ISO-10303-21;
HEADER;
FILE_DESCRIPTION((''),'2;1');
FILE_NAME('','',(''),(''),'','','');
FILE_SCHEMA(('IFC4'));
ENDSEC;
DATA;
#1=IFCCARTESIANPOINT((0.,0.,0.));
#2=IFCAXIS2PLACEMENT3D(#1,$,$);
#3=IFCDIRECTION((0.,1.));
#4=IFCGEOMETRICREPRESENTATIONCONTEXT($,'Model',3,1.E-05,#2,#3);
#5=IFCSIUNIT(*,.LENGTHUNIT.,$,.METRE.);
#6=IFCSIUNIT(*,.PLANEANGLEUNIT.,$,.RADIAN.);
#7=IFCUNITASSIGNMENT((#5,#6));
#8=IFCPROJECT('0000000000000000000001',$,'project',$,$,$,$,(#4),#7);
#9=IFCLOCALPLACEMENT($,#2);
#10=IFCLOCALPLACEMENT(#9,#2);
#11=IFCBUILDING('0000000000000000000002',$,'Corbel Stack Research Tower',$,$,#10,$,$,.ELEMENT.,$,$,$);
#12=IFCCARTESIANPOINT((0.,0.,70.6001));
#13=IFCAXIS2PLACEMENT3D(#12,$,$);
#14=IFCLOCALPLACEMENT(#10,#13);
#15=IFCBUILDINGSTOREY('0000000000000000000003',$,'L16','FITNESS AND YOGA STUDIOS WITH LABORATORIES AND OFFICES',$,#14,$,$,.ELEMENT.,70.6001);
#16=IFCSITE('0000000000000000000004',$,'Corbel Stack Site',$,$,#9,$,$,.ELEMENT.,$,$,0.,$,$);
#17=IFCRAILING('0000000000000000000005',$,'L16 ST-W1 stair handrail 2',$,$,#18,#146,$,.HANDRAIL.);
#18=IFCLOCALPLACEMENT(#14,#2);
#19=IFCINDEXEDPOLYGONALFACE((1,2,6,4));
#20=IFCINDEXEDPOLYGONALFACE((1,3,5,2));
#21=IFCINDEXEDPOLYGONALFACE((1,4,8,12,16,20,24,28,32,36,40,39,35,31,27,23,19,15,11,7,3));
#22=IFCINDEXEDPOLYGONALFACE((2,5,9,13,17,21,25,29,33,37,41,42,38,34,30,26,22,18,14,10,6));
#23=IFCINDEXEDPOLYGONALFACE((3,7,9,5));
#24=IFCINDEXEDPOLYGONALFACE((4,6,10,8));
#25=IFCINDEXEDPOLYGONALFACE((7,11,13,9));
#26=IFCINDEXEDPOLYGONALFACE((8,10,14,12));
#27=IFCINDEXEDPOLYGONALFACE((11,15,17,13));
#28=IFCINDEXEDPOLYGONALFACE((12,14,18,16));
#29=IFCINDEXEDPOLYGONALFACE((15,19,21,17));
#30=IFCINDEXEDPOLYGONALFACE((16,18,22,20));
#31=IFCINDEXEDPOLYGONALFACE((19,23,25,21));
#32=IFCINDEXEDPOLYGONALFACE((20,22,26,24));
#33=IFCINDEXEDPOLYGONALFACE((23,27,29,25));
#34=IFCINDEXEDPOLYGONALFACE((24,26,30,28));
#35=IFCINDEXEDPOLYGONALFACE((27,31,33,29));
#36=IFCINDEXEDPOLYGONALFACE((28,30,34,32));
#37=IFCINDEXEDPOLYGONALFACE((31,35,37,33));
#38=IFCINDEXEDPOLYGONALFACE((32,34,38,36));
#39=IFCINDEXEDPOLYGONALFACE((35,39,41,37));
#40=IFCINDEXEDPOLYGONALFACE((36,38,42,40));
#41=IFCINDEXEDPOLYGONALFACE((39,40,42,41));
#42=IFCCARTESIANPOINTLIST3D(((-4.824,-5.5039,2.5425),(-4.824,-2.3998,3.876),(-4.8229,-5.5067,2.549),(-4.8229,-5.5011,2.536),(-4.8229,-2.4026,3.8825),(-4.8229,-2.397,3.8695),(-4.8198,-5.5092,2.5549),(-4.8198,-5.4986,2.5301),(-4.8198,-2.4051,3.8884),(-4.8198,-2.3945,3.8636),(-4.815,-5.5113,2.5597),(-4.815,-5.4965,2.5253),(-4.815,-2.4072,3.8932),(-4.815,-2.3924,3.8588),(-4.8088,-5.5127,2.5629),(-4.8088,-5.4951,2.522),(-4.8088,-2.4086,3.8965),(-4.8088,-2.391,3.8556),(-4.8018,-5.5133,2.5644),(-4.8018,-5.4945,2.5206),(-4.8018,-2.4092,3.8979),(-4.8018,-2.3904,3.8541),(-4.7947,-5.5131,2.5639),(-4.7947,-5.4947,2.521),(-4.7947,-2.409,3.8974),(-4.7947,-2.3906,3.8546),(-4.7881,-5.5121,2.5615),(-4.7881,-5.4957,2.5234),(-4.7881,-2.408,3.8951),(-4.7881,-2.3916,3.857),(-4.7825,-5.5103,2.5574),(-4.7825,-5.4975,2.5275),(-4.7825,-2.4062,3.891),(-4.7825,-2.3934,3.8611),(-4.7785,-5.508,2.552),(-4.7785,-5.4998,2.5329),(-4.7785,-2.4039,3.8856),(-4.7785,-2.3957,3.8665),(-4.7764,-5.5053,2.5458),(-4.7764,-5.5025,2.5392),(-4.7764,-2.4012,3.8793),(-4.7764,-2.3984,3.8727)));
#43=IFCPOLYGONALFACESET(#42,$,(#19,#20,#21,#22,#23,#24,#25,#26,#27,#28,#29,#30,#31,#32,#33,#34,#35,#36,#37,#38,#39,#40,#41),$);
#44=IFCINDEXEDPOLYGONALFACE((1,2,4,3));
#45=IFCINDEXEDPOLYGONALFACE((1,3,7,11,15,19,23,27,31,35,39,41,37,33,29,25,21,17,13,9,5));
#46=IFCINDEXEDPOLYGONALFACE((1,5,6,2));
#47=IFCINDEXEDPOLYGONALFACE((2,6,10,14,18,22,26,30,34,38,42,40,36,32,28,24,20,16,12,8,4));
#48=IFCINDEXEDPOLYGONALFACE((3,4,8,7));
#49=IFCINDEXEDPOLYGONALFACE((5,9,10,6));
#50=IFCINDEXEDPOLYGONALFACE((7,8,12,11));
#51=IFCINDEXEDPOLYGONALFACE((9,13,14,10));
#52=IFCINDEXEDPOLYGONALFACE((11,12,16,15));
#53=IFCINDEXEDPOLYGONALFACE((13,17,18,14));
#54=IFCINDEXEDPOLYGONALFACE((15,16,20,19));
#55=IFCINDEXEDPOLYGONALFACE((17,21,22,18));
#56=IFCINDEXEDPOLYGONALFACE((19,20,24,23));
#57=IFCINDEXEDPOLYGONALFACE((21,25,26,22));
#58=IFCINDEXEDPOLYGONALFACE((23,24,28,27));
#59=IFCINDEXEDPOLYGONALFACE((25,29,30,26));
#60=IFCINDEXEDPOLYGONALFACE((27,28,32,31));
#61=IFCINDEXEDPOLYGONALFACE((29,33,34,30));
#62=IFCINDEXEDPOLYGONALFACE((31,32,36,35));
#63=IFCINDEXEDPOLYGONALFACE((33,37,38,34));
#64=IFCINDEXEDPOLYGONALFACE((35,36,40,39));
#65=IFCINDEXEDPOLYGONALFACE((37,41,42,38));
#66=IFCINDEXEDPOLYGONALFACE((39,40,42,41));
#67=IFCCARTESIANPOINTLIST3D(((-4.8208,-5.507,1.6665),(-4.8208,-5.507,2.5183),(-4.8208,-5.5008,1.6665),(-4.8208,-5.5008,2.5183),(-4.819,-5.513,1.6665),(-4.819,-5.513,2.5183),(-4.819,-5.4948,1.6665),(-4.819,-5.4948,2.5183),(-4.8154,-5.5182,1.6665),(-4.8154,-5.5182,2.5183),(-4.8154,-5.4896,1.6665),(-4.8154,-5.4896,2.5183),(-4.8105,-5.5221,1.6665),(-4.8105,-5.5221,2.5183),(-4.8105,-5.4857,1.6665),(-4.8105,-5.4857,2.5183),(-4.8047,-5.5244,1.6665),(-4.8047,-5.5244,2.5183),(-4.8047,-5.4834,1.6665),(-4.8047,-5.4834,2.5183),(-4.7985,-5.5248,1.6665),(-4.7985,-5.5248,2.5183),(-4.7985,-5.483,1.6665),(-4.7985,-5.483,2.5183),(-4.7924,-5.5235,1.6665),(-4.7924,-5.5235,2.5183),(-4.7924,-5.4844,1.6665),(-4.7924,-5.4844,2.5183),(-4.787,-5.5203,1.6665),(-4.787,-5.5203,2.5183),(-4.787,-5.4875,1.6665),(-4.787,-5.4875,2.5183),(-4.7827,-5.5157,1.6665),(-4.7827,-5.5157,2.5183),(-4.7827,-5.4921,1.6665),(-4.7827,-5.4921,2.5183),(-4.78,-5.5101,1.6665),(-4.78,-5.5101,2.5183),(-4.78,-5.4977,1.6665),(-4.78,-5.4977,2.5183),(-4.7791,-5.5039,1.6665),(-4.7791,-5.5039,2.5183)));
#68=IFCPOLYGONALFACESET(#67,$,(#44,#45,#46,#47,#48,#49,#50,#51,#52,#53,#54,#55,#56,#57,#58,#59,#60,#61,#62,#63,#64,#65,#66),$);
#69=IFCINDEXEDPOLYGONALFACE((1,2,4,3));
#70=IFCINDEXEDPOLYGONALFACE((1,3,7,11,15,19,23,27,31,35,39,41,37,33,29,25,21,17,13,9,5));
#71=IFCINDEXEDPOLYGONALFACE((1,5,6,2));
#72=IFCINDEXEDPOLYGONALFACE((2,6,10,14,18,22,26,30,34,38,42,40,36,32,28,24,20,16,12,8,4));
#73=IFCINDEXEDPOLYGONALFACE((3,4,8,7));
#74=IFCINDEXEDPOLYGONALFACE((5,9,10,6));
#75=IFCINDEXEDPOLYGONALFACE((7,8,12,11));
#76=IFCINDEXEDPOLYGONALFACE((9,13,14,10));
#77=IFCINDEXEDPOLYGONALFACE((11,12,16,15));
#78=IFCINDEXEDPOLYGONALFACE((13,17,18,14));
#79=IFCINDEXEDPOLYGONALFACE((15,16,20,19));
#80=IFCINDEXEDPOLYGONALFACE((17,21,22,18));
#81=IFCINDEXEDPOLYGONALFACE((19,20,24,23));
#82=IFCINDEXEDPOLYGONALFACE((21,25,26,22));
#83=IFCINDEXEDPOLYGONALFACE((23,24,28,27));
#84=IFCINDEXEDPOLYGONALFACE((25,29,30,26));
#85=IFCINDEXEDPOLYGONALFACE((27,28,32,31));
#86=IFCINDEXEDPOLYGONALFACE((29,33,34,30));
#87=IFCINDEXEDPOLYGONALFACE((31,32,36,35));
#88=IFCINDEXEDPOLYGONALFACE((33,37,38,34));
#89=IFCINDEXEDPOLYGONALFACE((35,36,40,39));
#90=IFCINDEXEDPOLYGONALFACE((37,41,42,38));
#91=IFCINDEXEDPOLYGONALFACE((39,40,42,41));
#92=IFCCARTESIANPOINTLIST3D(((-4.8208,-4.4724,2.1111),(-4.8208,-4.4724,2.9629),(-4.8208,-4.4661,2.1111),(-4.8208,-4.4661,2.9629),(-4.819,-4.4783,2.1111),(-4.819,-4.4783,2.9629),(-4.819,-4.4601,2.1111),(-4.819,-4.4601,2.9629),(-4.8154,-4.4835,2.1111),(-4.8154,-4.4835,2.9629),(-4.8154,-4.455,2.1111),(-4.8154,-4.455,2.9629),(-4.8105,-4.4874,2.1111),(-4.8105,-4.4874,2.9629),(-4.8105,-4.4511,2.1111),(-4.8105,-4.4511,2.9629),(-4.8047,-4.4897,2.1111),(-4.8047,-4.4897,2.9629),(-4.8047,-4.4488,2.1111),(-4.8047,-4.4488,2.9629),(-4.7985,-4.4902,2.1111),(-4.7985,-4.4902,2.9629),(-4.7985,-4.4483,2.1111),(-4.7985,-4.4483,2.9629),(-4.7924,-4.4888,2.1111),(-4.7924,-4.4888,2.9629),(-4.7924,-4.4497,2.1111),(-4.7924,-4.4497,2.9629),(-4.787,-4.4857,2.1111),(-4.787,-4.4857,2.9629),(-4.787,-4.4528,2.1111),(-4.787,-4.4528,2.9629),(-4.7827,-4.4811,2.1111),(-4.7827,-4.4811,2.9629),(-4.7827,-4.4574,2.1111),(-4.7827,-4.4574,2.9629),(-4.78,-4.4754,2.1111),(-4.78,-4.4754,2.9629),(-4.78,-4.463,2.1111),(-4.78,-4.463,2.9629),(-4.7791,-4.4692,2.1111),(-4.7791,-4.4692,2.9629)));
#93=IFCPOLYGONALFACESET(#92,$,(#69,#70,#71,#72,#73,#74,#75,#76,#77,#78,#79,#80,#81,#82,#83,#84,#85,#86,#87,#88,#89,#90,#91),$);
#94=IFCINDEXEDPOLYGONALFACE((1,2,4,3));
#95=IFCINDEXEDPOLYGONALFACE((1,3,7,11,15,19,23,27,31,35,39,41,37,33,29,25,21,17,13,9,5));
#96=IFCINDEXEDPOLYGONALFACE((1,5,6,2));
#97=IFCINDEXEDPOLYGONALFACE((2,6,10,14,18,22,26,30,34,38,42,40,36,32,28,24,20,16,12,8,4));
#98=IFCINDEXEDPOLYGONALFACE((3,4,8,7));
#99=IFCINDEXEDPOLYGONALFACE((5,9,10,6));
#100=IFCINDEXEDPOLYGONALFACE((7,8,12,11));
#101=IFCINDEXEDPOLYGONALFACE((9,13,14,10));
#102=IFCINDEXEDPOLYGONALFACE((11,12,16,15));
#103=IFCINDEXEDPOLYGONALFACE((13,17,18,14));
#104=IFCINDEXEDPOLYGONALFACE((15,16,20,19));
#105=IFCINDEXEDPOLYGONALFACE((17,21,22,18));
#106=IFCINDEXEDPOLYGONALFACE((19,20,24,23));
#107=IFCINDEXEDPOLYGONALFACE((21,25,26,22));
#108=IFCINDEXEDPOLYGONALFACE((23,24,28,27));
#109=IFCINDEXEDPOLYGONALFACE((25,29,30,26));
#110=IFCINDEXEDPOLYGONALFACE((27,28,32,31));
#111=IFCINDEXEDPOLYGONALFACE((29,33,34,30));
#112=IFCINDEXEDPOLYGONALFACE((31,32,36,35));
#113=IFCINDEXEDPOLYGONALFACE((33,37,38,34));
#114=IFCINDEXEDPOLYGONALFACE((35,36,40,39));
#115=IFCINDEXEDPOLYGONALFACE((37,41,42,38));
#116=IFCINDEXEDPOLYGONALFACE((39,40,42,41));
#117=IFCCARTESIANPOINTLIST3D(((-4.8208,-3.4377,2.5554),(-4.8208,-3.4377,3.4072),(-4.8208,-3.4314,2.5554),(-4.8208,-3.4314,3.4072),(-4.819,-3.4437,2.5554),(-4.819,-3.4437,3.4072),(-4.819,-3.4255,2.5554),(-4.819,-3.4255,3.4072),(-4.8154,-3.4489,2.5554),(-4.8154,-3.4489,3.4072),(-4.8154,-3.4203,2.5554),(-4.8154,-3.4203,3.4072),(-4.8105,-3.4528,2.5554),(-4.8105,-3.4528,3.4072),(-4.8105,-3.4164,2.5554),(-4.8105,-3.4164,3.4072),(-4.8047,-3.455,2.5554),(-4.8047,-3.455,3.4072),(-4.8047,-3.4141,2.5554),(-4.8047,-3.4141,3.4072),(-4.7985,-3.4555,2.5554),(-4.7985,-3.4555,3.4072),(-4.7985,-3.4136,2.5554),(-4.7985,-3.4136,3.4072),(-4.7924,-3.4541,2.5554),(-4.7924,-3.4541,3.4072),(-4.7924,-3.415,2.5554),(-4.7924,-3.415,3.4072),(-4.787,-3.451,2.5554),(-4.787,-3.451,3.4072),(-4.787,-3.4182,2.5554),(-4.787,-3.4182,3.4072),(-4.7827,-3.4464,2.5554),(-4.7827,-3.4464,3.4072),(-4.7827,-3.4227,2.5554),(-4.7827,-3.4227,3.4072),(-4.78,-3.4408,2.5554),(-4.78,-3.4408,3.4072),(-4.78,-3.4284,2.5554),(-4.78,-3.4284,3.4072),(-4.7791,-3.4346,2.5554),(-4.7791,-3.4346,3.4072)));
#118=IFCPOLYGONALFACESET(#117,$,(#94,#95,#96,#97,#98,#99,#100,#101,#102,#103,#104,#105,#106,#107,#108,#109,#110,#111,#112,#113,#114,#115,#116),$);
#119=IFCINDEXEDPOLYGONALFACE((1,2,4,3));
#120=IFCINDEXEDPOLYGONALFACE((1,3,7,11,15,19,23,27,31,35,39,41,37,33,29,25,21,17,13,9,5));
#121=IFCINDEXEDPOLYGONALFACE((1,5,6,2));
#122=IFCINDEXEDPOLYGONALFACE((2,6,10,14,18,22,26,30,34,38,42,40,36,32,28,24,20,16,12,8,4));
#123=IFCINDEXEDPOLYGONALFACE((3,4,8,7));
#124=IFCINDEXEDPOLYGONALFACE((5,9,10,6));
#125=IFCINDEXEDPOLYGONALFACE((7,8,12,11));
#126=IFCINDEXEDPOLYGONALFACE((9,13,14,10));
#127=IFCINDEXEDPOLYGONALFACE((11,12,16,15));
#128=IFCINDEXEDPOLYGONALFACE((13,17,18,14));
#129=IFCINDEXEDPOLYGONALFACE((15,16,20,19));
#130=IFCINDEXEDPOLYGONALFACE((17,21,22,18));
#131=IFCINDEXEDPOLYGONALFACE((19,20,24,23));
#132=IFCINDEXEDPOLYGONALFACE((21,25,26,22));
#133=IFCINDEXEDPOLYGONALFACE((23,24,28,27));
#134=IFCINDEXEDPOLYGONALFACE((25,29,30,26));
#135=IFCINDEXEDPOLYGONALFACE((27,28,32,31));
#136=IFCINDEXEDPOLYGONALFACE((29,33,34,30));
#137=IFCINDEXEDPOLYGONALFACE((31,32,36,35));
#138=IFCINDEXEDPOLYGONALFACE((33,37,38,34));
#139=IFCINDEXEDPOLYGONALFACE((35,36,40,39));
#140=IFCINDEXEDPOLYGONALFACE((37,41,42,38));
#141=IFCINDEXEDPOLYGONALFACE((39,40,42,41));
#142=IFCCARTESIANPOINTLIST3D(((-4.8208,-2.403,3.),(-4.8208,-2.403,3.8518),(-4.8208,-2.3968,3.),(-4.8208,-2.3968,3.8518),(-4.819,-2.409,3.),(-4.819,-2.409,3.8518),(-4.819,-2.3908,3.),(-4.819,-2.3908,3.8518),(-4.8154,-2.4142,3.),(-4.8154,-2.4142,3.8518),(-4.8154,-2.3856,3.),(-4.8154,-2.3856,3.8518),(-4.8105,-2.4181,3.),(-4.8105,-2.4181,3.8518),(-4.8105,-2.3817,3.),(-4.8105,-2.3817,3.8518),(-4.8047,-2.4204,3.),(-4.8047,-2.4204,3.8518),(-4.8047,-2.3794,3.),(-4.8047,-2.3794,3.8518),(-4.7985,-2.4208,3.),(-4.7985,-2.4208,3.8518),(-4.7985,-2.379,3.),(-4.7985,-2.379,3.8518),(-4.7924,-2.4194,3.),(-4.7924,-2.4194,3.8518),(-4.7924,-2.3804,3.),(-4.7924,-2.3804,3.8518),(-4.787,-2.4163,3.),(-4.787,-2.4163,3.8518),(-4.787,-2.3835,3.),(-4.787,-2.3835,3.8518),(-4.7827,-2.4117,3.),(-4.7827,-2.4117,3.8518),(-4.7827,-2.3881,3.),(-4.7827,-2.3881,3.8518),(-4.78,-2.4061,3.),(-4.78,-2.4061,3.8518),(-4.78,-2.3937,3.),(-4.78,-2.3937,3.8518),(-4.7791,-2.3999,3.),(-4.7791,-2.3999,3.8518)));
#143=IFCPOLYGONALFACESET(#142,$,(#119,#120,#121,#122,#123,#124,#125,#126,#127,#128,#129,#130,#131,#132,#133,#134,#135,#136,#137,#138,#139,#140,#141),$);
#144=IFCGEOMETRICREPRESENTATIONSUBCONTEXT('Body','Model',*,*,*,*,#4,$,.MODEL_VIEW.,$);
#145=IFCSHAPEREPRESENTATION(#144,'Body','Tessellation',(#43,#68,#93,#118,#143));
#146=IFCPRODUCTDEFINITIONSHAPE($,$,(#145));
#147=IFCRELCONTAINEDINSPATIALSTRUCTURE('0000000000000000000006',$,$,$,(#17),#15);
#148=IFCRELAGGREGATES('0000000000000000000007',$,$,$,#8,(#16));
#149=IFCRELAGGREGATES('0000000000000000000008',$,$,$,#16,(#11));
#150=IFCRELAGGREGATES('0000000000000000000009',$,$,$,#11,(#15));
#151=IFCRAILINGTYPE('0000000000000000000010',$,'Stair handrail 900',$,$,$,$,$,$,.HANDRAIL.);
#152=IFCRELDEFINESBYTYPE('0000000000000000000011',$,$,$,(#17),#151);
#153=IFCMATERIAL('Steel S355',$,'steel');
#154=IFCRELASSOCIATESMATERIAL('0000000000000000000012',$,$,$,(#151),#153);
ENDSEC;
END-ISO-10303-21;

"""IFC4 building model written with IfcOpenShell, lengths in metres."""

from ifc_helpers import new_model, si_unit, direction, frame, origin, origin_2d, place, context, subcontext, project, spatial, circle, extrude, material, type_object, element, save


model = new_model("IFC4")

# Units and contexts
model_context = context("Model", 3, precision=1e-05, world=origin(), true_north=direction((0.0, 1.0)))
body_context = subcontext(model_context, "Body", "Model", "MODEL_VIEW")
ifc_project = project(units=[si_unit("LENGTHUNIT", "METRE"), si_unit("PLANEANGLEUNIT", "RADIAN")], contexts=[model_context])

# Site, building, storey
site_placement = place(None, origin())
site = spatial("IfcSite", under=ifc_project, at=site_placement, Name="Corbel Stack Site", CompositionType="ELEMENT", RefElevation=0.0)
building_placement = place(site_placement, origin())
building = spatial("IfcBuilding", under=site, at=building_placement, Name="Corbel Stack Research Tower", CompositionType="ELEMENT")
storey_placement = place(building_placement, frame((0.0, 0.0, 70.6001)))
storey = spatial("IfcBuildingStorey", under=building, at=storey_placement, Name="L16", Description="FITNESS AND YOGA STUDIOS WITH LABORATORIES AND OFFICES", CompositionType="ELEMENT", Elevation=70.6001)

# Railing
ifc_material_1 = material(Name="Steel S355", Category="steel")
railing_type_1 = type_object("IfcRailingType", Name="Stair handrail 900", PredefinedType="HANDRAIL", material=ifc_material_1)
for number, where, name in (
    (1, (-4.8, -5.5039, 1.6665), "L16 ST-W1 stair handrail 2"),
):
    element("IfcRailing", number, at=place(storey_placement, frame(where)), inside=storey, type_object=railing_type_1, Name=name, PredefinedType="HANDRAIL", context=body_context, shape_type="SweptSolid", body=[
        extrude(circle(Radius=0.0239, at=origin_2d()), frame((0.0, 0.0, 0.876), z_axis=(0.0, 0.918801, 0.394722), x_axis=(-1.0, 0.0, 0.0)), (0.0, 0.0, 1.0), 3.3784),
        extrude(circle(Radius=0.021, at=origin_2d()), origin(), (0.0, 0.0, 1.0), 0.8518),
        extrude(circle(Radius=0.021, at=origin_2d()), frame((0.0, 1.0347, 0.4446)), (0.0, 0.0, 1.0), 0.8518),
        extrude(circle(Radius=0.021, at=origin_2d()), frame((0.0, 2.0693, 0.8889)), (0.0, 0.0, 1.0), 0.8518),
        extrude(circle(Radius=0.021, at=origin_2d()), frame((0.0, 3.104, 1.3335)), (0.0, 0.0, 1.0), 0.8518),
    ])

save(model, "model.ifc")
